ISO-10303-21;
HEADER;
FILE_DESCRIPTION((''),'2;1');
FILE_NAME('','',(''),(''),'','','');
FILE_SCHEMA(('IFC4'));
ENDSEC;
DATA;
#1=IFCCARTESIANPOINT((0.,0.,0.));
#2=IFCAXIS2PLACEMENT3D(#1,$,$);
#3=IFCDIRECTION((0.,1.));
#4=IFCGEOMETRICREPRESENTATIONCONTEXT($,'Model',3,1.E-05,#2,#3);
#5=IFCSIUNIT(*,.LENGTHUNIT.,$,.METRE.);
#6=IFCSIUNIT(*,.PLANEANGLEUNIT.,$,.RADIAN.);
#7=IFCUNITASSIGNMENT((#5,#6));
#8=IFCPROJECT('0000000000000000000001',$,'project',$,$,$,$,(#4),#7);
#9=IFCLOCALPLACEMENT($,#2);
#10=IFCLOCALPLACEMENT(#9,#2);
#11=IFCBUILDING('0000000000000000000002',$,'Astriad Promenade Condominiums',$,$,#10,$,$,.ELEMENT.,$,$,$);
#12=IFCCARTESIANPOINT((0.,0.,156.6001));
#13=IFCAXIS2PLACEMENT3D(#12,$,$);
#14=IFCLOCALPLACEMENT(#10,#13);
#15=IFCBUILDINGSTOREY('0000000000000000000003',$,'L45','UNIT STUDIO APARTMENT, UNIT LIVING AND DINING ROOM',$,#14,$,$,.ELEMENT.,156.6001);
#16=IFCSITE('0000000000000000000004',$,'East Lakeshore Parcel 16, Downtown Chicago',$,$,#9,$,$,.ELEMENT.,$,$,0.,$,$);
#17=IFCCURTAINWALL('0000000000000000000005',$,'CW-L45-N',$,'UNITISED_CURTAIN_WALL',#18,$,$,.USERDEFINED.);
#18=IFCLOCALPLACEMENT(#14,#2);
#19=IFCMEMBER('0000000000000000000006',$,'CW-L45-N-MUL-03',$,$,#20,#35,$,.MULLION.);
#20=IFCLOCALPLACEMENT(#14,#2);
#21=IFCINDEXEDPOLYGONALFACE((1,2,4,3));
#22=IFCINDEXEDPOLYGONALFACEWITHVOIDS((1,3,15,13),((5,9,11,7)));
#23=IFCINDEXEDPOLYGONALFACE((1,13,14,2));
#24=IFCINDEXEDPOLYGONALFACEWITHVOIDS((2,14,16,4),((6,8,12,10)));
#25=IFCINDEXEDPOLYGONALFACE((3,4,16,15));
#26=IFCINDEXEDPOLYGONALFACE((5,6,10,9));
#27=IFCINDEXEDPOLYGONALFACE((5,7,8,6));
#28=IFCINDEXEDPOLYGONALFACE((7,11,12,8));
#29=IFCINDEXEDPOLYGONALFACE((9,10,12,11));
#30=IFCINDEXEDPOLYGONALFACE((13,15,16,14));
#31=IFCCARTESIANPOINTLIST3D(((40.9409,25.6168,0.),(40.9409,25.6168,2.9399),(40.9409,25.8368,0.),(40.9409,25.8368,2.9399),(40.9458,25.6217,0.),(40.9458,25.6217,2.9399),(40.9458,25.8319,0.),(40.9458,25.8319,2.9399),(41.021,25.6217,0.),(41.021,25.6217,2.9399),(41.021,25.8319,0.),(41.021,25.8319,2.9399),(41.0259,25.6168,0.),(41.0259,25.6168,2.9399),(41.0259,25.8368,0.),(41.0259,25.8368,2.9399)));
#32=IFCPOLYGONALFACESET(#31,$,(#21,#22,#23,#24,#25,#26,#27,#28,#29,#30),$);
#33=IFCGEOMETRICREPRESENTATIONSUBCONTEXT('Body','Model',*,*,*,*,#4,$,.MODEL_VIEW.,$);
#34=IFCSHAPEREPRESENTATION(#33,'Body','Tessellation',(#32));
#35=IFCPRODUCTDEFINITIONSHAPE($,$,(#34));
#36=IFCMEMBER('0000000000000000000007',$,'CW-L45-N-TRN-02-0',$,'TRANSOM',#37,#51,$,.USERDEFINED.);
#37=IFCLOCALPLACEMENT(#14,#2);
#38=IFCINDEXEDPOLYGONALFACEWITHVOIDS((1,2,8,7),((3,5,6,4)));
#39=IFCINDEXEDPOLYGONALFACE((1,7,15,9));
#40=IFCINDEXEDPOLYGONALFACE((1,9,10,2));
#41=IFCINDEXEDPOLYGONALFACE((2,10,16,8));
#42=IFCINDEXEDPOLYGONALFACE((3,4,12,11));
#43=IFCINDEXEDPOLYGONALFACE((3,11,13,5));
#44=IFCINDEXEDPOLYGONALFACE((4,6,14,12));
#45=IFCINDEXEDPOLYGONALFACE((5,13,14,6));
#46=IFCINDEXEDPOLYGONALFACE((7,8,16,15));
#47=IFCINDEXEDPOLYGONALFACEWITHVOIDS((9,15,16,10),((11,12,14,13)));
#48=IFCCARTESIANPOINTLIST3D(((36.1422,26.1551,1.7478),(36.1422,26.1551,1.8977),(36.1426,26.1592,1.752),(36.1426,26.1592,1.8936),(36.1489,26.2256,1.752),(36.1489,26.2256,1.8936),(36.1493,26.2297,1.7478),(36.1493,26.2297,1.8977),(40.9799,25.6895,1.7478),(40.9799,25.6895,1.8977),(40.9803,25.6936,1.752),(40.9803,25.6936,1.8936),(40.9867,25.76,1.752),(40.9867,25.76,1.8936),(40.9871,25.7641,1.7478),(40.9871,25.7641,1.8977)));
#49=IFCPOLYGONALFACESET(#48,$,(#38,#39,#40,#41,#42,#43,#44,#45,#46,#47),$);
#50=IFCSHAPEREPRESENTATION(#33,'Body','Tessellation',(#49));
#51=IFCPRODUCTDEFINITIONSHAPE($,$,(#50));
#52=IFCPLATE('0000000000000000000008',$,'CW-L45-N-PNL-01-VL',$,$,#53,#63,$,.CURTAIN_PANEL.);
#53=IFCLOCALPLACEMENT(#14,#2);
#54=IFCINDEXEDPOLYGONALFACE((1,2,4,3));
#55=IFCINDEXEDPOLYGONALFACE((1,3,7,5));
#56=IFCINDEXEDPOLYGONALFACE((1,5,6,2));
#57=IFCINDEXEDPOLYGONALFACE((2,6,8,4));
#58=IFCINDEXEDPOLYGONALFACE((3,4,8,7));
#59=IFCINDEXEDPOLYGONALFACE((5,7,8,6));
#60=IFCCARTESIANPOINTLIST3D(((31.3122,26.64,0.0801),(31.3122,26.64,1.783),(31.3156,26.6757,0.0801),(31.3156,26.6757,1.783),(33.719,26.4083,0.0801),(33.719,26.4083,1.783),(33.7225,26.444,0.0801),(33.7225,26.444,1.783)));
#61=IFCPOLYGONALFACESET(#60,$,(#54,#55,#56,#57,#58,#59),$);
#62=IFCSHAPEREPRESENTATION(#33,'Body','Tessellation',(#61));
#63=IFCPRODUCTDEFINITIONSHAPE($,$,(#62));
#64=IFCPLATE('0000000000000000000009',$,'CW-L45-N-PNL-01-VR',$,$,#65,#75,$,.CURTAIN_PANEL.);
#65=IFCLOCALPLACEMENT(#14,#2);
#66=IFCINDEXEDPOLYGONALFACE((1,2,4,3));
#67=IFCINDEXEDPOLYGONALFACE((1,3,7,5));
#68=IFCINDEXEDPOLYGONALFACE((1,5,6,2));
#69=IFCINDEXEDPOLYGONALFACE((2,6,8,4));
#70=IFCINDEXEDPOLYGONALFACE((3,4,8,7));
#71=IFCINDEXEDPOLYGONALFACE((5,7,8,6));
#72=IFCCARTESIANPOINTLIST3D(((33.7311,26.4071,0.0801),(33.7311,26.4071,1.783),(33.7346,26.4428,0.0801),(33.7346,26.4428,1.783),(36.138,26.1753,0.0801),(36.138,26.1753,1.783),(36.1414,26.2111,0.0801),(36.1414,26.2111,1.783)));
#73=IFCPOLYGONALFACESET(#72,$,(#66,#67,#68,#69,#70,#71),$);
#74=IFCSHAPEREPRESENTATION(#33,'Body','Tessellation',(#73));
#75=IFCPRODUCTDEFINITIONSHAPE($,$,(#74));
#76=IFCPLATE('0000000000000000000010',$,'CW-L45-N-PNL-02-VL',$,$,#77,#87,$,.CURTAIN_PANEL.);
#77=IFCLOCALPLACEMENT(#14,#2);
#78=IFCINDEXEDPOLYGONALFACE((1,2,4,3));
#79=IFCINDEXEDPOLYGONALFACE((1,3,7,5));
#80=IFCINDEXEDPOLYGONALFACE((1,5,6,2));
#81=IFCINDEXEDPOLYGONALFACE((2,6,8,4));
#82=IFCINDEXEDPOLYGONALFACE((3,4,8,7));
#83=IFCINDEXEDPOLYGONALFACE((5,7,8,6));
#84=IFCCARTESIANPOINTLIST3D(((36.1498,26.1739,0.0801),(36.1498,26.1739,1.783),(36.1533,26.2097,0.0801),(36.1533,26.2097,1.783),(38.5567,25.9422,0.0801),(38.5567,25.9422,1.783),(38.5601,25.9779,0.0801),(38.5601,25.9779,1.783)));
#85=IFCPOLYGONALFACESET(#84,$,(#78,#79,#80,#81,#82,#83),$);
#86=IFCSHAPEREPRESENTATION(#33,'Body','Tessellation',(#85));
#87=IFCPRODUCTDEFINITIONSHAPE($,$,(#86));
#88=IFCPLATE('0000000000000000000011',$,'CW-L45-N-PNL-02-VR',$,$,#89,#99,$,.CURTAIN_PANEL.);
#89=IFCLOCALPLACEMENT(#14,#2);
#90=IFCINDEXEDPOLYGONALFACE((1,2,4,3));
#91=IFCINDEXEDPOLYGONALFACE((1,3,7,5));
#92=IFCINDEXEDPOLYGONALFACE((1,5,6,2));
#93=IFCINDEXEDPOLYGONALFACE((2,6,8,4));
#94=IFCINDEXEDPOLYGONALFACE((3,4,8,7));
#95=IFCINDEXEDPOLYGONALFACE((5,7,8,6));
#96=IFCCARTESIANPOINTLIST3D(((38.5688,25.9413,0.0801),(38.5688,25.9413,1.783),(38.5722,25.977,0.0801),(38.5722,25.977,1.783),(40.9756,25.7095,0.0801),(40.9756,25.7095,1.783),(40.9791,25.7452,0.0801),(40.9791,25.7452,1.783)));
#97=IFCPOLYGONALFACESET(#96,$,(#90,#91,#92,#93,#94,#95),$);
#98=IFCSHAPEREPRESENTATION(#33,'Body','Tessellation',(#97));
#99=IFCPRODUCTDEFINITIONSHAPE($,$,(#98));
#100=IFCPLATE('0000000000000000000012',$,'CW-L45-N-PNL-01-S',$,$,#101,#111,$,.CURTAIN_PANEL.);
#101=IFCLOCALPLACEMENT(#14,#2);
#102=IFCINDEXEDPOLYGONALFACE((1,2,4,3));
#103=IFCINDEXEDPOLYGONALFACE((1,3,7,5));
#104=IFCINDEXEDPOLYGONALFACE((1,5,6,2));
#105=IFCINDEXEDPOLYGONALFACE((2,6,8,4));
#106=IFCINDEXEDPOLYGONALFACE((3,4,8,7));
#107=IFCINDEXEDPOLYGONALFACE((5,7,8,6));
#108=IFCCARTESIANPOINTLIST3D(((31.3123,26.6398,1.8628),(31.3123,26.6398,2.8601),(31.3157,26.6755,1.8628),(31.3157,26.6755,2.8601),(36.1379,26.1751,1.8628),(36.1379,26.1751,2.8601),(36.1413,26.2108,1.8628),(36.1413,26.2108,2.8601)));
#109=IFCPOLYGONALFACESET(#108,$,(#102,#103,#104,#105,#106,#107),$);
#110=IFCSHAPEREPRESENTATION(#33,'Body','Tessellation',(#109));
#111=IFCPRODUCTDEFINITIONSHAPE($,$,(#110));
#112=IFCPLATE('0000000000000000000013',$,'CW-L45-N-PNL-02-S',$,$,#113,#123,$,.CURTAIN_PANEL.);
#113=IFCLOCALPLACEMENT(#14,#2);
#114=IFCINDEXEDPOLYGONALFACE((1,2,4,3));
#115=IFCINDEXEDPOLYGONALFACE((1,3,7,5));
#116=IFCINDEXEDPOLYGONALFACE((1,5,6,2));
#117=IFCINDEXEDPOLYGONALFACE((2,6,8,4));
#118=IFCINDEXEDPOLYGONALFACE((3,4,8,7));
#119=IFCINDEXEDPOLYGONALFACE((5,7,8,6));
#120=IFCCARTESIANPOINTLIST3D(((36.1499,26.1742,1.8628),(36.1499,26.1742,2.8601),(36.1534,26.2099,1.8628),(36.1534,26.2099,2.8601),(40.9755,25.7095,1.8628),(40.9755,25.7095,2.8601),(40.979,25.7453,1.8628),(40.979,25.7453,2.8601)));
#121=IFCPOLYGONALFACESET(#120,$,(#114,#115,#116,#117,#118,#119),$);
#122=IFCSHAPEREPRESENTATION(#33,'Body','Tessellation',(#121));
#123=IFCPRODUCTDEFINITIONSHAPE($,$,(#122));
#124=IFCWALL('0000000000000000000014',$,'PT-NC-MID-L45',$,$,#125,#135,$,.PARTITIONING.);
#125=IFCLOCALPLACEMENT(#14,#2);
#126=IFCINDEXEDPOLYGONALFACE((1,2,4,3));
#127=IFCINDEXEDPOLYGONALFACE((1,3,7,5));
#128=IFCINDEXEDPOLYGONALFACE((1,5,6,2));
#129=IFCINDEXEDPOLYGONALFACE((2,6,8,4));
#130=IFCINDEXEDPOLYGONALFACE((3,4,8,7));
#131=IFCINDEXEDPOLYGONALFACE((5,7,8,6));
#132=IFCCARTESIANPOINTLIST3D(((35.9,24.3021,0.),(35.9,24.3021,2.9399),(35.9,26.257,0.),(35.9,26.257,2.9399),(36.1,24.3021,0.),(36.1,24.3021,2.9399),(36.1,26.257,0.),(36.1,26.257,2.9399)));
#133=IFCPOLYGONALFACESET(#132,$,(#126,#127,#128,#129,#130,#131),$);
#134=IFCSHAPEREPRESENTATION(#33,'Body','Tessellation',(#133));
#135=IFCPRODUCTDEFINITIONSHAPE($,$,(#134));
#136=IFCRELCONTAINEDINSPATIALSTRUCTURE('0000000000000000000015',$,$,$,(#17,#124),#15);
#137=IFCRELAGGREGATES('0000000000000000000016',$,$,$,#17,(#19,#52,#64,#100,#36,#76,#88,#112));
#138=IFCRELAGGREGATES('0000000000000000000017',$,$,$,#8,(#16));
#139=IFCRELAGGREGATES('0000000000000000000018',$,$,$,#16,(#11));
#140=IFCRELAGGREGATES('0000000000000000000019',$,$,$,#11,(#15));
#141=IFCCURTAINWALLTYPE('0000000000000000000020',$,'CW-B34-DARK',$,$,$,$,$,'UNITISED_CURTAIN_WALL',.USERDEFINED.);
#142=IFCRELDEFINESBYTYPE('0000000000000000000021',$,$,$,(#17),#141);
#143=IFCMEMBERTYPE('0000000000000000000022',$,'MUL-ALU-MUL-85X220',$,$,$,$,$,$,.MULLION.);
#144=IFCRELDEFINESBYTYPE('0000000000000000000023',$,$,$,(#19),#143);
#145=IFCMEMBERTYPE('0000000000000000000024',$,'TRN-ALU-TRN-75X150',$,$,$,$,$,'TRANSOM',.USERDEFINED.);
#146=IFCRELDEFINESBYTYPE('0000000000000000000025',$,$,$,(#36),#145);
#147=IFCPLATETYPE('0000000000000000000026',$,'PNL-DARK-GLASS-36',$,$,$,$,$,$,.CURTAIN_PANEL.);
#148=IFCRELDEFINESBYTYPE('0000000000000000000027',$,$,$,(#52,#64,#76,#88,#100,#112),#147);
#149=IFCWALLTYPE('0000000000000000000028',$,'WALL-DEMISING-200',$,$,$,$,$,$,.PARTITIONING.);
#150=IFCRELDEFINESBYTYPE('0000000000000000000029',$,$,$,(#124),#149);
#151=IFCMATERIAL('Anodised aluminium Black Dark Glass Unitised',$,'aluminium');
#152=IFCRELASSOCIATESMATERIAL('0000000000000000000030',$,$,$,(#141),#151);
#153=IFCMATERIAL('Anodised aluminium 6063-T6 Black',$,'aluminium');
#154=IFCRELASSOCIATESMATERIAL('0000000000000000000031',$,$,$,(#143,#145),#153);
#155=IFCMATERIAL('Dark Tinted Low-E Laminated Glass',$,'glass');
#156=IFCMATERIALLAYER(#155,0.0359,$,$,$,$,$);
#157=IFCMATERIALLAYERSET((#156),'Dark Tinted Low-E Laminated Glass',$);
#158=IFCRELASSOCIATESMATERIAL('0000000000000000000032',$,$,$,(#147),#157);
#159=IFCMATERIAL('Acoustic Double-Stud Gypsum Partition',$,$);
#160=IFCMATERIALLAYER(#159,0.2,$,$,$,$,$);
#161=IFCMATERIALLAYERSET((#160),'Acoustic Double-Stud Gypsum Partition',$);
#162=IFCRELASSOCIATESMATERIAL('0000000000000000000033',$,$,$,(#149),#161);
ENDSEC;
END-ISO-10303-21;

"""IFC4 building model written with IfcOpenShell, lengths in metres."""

from ifc_helpers import new_model, si_unit, direction, frame, frame_2d, origin, origin_2d, place, context, subcontext, project, spatial, rectangle, hollow_rectangle, extrude, source, transform, mapped, material, layer, layer_set, material_profile, profile_set, type_object, type_shapes, element, aggregate, save


model = new_model("IFC4")

# Units and contexts
model_context = context("Model", 3, precision=1e-05, world=origin(), true_north=direction((0.0, 1.0)))
body_context = subcontext(model_context, "Body", "Model", "MODEL_VIEW")
ifc_project = project(units=[si_unit("LENGTHUNIT", "METRE"), si_unit("PLANEANGLEUNIT", "RADIAN")], contexts=[model_context])

# Site, building, storey
site_placement = place(None, origin())
site = spatial("IfcSite", under=ifc_project, at=site_placement, Name="East Lakeshore Parcel 16, Downtown Chicago", CompositionType="ELEMENT", RefElevation=0.0)
building_placement = place(site_placement, origin())
building = spatial("IfcBuilding", under=site, at=building_placement, Name="Astriad Promenade Condominiums", CompositionType="ELEMENT")
storey_placement = place(building_placement, frame((0.0, 0.0, 156.6001)))
storey = spatial("IfcBuildingStorey", under=building, at=storey_placement, Name="L45", Description="UNIT STUDIO APARTMENT, UNIT LIVING AND DINING ROOM", CompositionType="ELEMENT", Elevation=156.6001)

# Curtain wall, members, plates
ifc_material_1 = material(Name="Anodised aluminium Black Dark Glass Unitised", Category="aluminium")
curtain_wall_type = type_object("IfcCurtainWallType", Name="CW-B34-DARK", ElementType="UNITISED_CURTAIN_WALL", PredefinedType="USERDEFINED", material=ifc_material_1)
curtain_wall_placement = place(storey_placement, origin())
curtain_wall = element("IfcCurtainWall", 1, at=curtain_wall_placement, inside=storey, type_object=curtain_wall_type, Name="CW-L45-N", ObjectType="UNITISED_CURTAIN_WALL", PredefinedType="USERDEFINED")
ifc_material_2 = material(Name="Anodised aluminium 6063-T6 Black", Category="aluminium")
ifc_material_profile_1 = material_profile(ifc_material_2, hollow_rectangle(XDim=0.085, YDim=0.22, WallThickness=0.0049, at=origin_2d()), Name="ALU-MUL-85X220")
ifc_profile_set_1 = profile_set([ifc_material_profile_1], Name="Anodised aluminium 6063-T6 Black")
member_type_1 = type_object("IfcMemberType", Name="MUL-ALU-MUL-85X220", PredefinedType="MULLION", material=ifc_profile_set_1)
shared_shape_1 = source(origin(), body_context, "Body", "SweptSolid", [
    extrude(hollow_rectangle(XDim=0.085, YDim=0.22, WallThickness=0.0049, at=origin_2d()), origin(), (0.0, 0.0, 1.0), 2.9399),
])
type_shapes(member_type_1, [shared_shape_1])
member_1_placement = place(storey_placement, frame((40.9834, 25.7268, 0.0), z_axis=(0.0, 0.0, 1.0), x_axis=(1.0, 0.0, 0.0)))
member_1 = element("IfcMember", 2, at=member_1_placement, type_object=member_type_1, Name="CW-L45-N-MUL-03", PredefinedType="MULLION", context=body_context, shape_type="MappedRepresentation", body=[
    mapped(shared_shape_1, transform((0.0, 0.0, 0.0), scale=1.0)),
])
ifc_material_profile_2 = material_profile(ifc_material_2, hollow_rectangle(XDim=0.075, YDim=0.1499, WallThickness=0.0042, at=origin_2d()), Name="ALU-TRN-75X150")
ifc_profile_set_2 = profile_set([ifc_material_profile_2], Name="Anodised aluminium 6063-T6 Black")
member_type_2 = type_object("IfcMemberType", Name="TRN-ALU-TRN-75X150", ElementType="TRANSOM", PredefinedType="USERDEFINED", material=ifc_profile_set_2)
shared_shape_2 = source(origin(), body_context, "Body", "SweptSolid", [
    extrude(hollow_rectangle(XDim=0.075, YDim=0.1499, WallThickness=0.0042, at=origin_2d()), origin(), (0.0, 0.0, 1.0), 4.8601),
])
type_shapes(member_type_2, [shared_shape_2])
member_2_placement = place(storey_placement, frame((36.1458, 26.1924, 1.8228), z_axis=(0.995401, -0.095798, 0.0), x_axis=(0.095798, 0.995401, 0.0)))
member_2 = element("IfcMember", 3, at=member_2_placement, type_object=member_type_2, Name="CW-L45-N-TRN-02-0", ObjectType="TRANSOM", PredefinedType="USERDEFINED", context=body_context, shape_type="MappedRepresentation", body=[
    mapped(shared_shape_2, transform((0.0, 0.0, 0.0), scale=1.0)),
])
ifc_material_3 = material(Name="Dark Tinted Low-E Laminated Glass", Category="glass")
ifc_layer_1 = layer(ifc_material_3, 0.0359)
ifc_layer_set_1 = layer_set([ifc_layer_1], Name="Dark Tinted Low-E Laminated Glass")
plate_type = type_object("IfcPlateType", Name="PNL-DARK-GLASS-36", PredefinedType="CURTAIN_PANEL", material=ifc_layer_set_1)
shared_shape_3 = source(origin(), body_context, "Body", "SweptSolid", [
    extrude(rectangle(XDim=2.418, YDim=0.0359, at=origin_2d()), origin(), (0.0, 0.0, 1.0), 1.7029),
])
plate_1_placement = place(storey_placement, frame((32.5173, 26.542, 0.0801), z_axis=(0.0, 0.0, 1.0), x_axis=(0.995396, -0.095846, 0.0)))
plate_1 = element("IfcPlate", 4, at=plate_1_placement, type_object=plate_type, Name="CW-L45-N-PNL-01-VL", PredefinedType="CURTAIN_PANEL", context=body_context, shape_type="MappedRepresentation", body=[
    mapped(shared_shape_3, transform((0.0, 0.0, 0.0), scale=1.0)),
])
plate_2_placement = place(storey_placement, frame((34.9363, 26.3091, 0.0801), z_axis=(0.0, 0.0, 1.0), x_axis=(0.995396, -0.095846, 0.0)))
plate_2 = element("IfcPlate", 5, at=plate_2_placement, type_object=plate_type, Name="CW-L45-N-PNL-01-VR", PredefinedType="CURTAIN_PANEL", context=body_context, shape_type="MappedRepresentation", body=[
    mapped(shared_shape_3, transform((0.0, 0.0, 0.0), scale=1.0)),
])
plate_3_placement = place(storey_placement, frame((37.355, 26.0759, 0.0801), z_axis=(0.0, 0.0, 1.0), x_axis=(0.995396, -0.095846, 0.0)))
plate_3 = element("IfcPlate", 6, at=plate_3_placement, type_object=plate_type, Name="CW-L45-N-PNL-02-VL", PredefinedType="CURTAIN_PANEL", context=body_context, shape_type="MappedRepresentation", body=[
    mapped(shared_shape_3, transform((0.0, 0.0, 0.0), scale=1.0)),
])
plate_4_placement = place(storey_placement, frame((39.7739, 25.8433, 0.0801), z_axis=(0.0, 0.0, 1.0), x_axis=(0.995396, -0.095846, 0.0)))
plate_4 = element("IfcPlate", 7, at=plate_4_placement, type_object=plate_type, Name="CW-L45-N-PNL-02-VR", PredefinedType="CURTAIN_PANEL", context=body_context, shape_type="MappedRepresentation", body=[
    mapped(shared_shape_3, transform((0.0, 0.0, 0.0), scale=1.0)),
])
shared_shape_4 = source(origin(), body_context, "Body", "SweptSolid", [
    extrude(rectangle(XDim=4.8479, YDim=0.0359, at=origin_2d()), origin(), (0.0, 0.0, 1.0), 0.9973),
])
type_shapes(plate_type, [shared_shape_3, shared_shape_4])
plate_5_placement = place(storey_placement, frame((33.7268, 26.4253, 1.8628), z_axis=(0.0, 0.0, 1.0), x_axis=(0.995396, -0.095846, 0.0)))
plate_5 = element("IfcPlate", 8, at=plate_5_placement, type_object=plate_type, Name="CW-L45-N-PNL-01-S", PredefinedType="CURTAIN_PANEL", context=body_context, shape_type="MappedRepresentation", body=[
    mapped(shared_shape_4, transform((0.0, 0.0, 0.0), scale=1.0)),
])
plate_6_placement = place(storey_placement, frame((38.5645, 25.9597, 1.8628), z_axis=(0.0, 0.0, 1.0), x_axis=(0.995396, -0.095846, 0.0)))
plate_6 = element("IfcPlate", 9, at=plate_6_placement, type_object=plate_type, Name="CW-L45-N-PNL-02-S", PredefinedType="CURTAIN_PANEL", context=body_context, shape_type="MappedRepresentation", body=[
    mapped(shared_shape_4, transform((0.0, 0.0, 0.0), scale=1.0)),
])
aggregate(curtain_wall, [member_1, plate_1, plate_2, plate_5, member_2, plate_3, plate_4, plate_6])

# Wall
ifc_material_4 = material(Name="Acoustic Double-Stud Gypsum Partition")
ifc_layer_2 = layer(ifc_material_4, 0.2)
ifc_layer_set_2 = layer_set([ifc_layer_2], Name="Acoustic Double-Stud Gypsum Partition")
wall_type_1 = type_object("IfcWallType", Name="WALL-DEMISING-200", PredefinedType="PARTITIONING", material=ifc_layer_set_2)
wall_1_placement = place(storey_placement, frame((36.0, 24.302, 0.0), z_axis=(0.0, 0.0, 1.0), x_axis=(0.0, 1.0, 0.0)))
element("IfcWall", 10, at=wall_1_placement, inside=storey, type_object=wall_type_1, Name="PT-NC-MID-L45", PredefinedType="PARTITIONING", context=body_context, shape_type="SweptSolid", body=[
    extrude(rectangle(XDim=1.9548, YDim=0.2, at=frame_2d((0.9775, 0.0))), origin(), (0.0, 0.0, 1.0), 2.9399),
])

save(model, "model.ifc")
